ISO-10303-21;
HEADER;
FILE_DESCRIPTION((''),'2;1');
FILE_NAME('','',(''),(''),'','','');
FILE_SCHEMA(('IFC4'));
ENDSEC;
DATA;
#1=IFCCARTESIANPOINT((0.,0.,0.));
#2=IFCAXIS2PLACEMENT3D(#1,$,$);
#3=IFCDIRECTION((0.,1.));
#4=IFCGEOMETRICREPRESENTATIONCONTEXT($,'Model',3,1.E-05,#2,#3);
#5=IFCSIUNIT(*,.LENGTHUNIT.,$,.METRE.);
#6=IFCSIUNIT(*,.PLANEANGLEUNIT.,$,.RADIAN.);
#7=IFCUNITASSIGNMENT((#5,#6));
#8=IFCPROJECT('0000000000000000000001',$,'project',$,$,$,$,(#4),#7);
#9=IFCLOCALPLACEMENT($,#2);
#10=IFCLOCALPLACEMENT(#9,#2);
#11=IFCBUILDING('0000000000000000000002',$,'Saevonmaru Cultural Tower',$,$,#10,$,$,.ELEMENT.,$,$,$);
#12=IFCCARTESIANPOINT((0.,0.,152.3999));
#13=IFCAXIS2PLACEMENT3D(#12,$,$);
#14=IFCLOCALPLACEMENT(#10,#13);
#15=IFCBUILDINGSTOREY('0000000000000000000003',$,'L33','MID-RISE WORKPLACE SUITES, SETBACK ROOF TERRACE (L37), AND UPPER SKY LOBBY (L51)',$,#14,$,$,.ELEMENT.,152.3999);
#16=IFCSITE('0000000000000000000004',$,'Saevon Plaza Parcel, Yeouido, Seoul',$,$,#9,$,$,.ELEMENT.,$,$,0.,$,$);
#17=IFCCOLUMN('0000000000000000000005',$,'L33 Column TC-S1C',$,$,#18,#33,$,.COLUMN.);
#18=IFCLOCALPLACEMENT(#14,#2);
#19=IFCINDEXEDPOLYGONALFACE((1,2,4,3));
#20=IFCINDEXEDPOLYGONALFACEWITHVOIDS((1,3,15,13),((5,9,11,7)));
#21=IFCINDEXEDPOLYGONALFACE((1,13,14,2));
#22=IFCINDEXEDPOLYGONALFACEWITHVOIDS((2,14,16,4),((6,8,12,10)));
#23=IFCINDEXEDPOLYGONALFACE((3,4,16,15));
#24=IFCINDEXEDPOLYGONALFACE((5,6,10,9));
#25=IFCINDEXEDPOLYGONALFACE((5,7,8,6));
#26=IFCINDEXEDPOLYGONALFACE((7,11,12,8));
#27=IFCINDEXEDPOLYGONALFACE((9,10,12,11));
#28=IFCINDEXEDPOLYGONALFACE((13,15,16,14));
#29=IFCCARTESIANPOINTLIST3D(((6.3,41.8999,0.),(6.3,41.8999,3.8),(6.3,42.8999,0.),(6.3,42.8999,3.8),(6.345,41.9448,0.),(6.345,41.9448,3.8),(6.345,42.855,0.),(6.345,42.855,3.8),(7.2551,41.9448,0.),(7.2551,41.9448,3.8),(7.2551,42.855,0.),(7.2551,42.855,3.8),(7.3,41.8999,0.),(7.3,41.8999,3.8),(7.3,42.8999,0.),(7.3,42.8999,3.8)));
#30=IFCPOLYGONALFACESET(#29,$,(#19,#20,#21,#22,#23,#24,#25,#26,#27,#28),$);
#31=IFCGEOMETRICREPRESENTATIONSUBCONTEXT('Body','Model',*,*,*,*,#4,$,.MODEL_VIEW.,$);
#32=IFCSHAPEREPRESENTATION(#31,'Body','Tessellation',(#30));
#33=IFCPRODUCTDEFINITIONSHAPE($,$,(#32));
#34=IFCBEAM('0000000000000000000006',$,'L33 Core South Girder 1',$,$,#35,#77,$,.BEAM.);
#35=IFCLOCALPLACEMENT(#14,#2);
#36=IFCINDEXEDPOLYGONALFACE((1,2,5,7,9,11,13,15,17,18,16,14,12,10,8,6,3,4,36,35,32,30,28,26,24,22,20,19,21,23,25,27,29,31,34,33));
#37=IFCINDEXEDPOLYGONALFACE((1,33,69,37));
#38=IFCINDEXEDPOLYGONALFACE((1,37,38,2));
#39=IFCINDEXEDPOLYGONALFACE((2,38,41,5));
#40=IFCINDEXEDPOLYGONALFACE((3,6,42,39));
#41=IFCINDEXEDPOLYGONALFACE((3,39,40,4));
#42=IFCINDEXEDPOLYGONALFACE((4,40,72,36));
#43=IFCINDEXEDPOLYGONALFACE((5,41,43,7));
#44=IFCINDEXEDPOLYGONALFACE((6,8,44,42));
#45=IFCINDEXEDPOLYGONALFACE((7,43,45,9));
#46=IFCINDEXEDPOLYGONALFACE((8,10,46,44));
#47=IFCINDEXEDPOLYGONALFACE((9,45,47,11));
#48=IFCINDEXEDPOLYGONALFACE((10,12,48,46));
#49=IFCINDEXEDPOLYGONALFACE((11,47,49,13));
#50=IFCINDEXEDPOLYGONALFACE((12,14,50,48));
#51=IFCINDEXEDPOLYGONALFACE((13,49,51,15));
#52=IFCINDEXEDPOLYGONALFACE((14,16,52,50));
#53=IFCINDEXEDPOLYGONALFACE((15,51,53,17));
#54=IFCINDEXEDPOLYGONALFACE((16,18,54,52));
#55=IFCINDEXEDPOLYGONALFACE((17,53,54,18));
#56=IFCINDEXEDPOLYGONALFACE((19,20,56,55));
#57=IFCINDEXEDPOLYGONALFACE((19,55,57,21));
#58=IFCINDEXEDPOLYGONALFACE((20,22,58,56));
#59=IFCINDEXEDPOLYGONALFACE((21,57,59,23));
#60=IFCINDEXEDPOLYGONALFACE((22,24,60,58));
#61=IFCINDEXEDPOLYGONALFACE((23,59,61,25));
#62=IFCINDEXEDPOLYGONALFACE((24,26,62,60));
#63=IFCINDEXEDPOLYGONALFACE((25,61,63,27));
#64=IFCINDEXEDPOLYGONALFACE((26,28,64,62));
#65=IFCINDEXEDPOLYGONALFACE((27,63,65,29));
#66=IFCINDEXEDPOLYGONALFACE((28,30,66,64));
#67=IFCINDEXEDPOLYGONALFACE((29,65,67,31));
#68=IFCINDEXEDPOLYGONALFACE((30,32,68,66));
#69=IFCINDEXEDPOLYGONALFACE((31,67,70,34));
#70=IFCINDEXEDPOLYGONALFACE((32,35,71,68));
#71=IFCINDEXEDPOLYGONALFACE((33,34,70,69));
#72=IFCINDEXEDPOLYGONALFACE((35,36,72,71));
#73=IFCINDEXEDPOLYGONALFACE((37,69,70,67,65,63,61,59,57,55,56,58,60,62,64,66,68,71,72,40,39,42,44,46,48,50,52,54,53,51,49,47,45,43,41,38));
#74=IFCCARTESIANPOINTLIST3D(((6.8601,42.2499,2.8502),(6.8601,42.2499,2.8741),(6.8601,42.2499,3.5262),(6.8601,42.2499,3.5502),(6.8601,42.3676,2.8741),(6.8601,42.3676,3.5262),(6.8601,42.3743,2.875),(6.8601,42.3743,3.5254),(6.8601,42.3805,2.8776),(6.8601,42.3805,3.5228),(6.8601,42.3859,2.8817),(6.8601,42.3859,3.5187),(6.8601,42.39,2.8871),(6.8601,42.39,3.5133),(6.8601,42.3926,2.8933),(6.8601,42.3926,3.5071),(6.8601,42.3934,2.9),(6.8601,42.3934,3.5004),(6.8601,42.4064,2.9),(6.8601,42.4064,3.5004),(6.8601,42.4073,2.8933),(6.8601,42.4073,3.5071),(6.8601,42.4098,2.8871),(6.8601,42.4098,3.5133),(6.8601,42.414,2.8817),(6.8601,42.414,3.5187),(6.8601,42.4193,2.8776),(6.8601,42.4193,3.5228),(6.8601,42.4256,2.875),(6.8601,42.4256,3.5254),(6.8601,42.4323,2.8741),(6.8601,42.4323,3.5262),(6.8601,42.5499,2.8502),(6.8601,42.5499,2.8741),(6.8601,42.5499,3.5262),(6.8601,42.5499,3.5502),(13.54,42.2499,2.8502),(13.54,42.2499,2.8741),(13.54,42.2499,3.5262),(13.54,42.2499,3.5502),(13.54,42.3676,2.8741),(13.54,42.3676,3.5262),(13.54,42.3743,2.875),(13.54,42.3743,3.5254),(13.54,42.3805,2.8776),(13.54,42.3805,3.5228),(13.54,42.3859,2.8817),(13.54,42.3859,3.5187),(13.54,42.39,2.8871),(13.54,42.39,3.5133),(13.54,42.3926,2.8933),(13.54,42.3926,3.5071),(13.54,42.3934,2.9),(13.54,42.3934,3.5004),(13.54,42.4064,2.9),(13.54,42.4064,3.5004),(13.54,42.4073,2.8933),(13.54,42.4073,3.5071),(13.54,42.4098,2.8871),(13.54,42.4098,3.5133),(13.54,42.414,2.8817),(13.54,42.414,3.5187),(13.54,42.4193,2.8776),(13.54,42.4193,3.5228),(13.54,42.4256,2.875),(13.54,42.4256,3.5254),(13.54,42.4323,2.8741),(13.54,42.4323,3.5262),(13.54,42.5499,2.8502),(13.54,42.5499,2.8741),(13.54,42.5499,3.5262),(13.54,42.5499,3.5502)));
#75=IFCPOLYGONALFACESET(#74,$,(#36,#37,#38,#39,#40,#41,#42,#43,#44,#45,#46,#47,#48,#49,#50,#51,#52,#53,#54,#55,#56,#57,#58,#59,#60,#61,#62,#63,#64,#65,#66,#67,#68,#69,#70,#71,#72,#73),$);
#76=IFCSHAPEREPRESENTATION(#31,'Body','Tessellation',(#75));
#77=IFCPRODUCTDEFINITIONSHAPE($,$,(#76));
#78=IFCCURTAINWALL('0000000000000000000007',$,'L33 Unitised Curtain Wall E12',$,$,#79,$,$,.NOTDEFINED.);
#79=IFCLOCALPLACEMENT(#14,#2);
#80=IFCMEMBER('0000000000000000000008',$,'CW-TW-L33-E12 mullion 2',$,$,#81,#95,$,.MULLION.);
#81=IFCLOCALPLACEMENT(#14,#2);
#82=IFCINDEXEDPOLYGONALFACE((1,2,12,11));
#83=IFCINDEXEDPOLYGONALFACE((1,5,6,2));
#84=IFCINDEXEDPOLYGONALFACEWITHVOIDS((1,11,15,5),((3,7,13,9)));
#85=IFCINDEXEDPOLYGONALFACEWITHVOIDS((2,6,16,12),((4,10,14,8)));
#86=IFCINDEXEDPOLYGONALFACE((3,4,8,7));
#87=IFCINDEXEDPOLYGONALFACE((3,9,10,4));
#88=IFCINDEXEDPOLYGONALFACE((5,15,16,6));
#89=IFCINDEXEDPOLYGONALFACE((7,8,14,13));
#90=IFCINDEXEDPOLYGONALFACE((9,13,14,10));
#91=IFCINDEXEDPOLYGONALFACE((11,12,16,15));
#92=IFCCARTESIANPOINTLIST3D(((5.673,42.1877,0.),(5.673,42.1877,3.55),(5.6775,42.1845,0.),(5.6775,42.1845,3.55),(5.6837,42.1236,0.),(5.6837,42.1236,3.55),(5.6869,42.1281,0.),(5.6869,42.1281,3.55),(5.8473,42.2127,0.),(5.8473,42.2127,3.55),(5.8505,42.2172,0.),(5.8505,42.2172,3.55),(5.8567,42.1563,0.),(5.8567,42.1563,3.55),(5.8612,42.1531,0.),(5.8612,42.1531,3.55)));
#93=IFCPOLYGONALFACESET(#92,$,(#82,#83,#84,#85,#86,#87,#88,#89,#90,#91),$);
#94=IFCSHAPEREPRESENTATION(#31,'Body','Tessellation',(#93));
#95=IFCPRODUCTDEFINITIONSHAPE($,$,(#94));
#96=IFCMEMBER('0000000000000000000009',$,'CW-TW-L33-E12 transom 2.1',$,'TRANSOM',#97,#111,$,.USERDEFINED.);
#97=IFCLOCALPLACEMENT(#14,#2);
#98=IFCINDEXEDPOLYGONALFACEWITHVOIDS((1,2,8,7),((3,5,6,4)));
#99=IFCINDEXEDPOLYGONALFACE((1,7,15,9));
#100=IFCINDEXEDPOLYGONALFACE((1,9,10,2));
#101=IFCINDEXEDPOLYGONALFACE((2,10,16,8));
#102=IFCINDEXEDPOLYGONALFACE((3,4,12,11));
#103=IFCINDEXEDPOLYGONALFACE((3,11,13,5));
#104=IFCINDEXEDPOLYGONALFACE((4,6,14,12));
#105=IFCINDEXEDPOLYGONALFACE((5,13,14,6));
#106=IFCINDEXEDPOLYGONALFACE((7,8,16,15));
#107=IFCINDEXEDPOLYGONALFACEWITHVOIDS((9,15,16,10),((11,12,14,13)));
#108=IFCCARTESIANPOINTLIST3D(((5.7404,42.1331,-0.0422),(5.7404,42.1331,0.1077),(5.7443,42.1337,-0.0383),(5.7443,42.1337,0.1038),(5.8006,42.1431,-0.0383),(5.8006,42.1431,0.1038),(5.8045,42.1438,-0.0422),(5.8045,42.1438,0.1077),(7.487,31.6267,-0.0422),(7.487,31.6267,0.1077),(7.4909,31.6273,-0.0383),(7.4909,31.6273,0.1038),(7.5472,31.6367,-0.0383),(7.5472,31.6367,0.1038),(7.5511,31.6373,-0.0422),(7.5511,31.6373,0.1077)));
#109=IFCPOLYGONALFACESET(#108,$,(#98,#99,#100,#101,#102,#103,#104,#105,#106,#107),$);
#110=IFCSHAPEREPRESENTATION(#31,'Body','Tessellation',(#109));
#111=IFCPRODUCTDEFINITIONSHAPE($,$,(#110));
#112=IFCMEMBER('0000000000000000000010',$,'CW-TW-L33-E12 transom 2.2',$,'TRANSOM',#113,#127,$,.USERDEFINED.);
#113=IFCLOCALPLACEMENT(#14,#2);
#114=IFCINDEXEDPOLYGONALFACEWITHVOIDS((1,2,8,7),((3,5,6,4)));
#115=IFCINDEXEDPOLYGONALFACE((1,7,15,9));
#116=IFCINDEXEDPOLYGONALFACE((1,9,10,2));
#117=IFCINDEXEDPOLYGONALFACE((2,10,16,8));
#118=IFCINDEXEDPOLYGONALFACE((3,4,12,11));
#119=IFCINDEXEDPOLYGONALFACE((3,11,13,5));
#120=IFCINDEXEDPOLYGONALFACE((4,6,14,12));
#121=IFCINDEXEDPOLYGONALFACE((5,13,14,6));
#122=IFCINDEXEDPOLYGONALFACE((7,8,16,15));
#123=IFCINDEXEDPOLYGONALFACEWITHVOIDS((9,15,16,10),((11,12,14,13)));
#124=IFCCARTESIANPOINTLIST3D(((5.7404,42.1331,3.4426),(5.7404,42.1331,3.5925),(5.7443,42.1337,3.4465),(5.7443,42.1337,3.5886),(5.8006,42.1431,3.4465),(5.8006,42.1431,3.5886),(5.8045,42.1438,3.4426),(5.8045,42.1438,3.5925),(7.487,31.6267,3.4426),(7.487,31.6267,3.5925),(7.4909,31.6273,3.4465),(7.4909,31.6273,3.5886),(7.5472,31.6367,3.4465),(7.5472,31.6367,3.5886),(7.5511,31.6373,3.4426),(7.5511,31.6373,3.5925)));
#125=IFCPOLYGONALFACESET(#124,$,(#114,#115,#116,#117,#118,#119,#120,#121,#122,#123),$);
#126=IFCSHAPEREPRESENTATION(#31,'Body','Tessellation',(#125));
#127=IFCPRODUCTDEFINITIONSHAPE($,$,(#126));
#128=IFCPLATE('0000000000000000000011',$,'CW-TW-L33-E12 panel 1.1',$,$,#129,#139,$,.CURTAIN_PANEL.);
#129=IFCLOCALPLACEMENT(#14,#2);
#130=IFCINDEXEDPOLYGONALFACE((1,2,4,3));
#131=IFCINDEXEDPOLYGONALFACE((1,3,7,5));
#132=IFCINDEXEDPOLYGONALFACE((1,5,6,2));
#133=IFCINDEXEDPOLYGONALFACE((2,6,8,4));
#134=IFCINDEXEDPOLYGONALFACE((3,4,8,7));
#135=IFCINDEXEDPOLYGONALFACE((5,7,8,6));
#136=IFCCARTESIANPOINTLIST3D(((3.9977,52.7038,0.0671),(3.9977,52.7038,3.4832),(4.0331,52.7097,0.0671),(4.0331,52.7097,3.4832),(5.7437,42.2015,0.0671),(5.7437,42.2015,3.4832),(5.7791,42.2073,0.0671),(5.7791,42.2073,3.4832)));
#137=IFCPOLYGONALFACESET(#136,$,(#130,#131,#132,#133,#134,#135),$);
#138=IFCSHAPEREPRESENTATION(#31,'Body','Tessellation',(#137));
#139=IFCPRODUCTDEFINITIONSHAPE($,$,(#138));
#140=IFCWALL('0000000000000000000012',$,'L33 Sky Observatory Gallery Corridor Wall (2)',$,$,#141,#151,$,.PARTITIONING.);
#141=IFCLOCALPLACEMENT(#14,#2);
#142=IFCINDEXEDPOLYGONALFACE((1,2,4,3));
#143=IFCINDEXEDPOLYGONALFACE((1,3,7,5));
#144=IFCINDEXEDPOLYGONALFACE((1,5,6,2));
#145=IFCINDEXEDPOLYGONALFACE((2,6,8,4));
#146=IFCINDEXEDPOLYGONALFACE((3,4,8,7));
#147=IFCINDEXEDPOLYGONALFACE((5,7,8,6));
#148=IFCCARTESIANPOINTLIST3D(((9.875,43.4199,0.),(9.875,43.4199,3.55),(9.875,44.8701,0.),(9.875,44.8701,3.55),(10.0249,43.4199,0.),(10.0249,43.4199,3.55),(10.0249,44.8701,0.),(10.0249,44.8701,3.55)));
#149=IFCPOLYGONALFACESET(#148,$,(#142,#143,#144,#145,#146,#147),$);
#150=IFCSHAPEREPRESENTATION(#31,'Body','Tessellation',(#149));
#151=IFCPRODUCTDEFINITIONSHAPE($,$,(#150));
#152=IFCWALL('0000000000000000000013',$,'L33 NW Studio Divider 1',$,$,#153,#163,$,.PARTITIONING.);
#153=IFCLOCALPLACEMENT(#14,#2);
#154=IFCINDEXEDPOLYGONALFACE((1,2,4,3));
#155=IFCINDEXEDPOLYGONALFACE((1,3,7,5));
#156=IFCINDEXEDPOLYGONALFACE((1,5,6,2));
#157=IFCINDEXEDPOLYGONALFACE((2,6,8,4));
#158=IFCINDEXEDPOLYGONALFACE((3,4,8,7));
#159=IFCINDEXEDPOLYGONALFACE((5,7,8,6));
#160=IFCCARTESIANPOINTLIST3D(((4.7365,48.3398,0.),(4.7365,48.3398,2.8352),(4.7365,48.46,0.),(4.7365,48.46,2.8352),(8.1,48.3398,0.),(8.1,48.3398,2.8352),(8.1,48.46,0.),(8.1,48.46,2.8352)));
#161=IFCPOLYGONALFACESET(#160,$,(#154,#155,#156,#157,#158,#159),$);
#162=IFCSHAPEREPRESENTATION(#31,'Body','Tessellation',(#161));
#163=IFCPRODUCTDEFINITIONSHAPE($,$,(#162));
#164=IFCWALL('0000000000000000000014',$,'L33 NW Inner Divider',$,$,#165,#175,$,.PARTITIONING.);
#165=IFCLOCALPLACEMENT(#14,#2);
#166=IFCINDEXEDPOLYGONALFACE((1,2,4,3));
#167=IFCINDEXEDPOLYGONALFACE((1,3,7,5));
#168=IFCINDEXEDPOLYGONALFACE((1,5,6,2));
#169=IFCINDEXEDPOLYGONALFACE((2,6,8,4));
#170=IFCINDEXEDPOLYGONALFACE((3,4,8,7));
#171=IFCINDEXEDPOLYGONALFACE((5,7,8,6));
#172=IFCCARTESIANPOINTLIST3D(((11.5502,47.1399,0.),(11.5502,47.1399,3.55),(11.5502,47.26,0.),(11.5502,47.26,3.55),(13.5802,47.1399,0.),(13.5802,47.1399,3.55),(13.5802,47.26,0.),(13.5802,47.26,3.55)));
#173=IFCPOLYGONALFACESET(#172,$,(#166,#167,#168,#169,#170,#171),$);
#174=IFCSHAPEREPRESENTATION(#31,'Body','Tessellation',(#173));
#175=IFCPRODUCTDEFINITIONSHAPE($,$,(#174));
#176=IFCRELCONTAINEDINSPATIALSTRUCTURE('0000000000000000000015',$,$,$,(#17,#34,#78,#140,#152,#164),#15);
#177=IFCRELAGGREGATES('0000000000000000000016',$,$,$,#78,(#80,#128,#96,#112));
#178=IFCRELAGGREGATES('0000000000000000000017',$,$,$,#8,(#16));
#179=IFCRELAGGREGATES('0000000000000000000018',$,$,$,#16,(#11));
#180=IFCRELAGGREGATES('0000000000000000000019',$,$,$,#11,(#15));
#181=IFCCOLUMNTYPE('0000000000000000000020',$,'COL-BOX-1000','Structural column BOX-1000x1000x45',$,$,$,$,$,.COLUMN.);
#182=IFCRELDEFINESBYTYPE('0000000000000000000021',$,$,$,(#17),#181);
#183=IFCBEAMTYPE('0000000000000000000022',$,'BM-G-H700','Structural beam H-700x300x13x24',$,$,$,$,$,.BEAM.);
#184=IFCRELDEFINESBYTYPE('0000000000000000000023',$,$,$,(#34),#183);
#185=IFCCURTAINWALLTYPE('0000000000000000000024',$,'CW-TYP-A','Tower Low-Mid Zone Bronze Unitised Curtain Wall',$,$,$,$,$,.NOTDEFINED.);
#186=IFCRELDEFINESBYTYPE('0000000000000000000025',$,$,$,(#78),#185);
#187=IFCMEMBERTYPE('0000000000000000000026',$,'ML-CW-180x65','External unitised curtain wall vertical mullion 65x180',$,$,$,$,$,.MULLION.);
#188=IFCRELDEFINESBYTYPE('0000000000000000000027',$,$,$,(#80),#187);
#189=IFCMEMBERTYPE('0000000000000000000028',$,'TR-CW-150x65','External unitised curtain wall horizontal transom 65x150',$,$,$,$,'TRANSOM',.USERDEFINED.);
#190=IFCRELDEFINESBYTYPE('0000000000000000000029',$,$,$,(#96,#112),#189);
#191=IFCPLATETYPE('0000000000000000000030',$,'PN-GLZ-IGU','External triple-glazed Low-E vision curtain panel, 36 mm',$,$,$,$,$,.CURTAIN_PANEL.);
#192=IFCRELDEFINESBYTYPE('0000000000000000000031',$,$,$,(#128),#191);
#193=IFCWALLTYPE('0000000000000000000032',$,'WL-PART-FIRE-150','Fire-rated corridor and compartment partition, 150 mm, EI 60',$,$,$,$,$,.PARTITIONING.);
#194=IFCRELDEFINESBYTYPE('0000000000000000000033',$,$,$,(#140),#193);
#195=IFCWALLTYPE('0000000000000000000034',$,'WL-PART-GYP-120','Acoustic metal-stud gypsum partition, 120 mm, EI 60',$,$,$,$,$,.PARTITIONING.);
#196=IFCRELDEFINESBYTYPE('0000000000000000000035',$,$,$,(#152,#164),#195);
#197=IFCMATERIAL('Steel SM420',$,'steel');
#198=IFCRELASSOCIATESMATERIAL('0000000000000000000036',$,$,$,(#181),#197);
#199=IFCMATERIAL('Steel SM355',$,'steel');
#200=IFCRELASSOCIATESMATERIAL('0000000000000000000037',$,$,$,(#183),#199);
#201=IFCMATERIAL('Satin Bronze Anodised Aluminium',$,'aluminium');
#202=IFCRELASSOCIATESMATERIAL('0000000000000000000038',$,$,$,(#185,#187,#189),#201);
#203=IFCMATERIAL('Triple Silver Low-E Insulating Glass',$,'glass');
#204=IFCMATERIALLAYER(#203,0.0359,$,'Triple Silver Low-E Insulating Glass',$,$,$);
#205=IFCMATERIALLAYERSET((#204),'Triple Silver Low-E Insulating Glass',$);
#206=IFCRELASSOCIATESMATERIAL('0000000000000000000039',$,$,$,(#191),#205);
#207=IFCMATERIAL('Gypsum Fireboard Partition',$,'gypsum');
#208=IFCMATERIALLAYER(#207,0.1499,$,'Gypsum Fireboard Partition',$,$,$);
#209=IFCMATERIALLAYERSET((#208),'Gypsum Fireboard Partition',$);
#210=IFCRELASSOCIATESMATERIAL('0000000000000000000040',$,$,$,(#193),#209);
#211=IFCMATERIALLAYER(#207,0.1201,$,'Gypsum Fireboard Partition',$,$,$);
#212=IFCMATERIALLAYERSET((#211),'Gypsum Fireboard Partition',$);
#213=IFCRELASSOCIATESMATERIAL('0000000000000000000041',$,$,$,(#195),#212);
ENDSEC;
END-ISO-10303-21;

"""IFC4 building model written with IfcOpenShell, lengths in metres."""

from ifc_helpers import new_model, si_unit, direction, frame, frame_2d, origin, origin_2d, place, context, subcontext, project, spatial, rectangle, hollow_rectangle, i_section, extrude, material, layer, layer_set, material_profile, profile_set, type_object, element, aggregate, save


model = new_model("IFC4")

# Units and contexts
model_context = context("Model", 3, precision=1e-05, world=origin(), true_north=direction((0.0, 1.0)))
body_context = subcontext(model_context, "Body", "Model", "MODEL_VIEW")
ifc_project = project(units=[si_unit("LENGTHUNIT", "METRE"), si_unit("PLANEANGLEUNIT", "RADIAN")], contexts=[model_context])

# Site, building, storey
site_placement = place(None, origin())
site = spatial("IfcSite", under=ifc_project, at=site_placement, Name="Saevon Plaza Parcel, Yeouido, Seoul", CompositionType="ELEMENT", RefElevation=0.0)
building_placement = place(site_placement, origin())
building = spatial("IfcBuilding", under=site, at=building_placement, Name="Saevonmaru Cultural Tower", CompositionType="ELEMENT")
storey_placement = place(building_placement, frame((0.0, 0.0, 152.3999)))
storey = spatial("IfcBuildingStorey", under=building, at=storey_placement, Name="L33", Description="MID-RISE WORKPLACE SUITES, SETBACK ROOF TERRACE (L37), AND UPPER SKY LOBBY (L51)", CompositionType="ELEMENT", Elevation=152.3999)

# Column
ifc_material_1 = material(Name="Steel SM420", Category="steel")
ifc_material_profile_1 = material_profile(ifc_material_1, hollow_rectangle(XDim=1.0, YDim=1.0, WallThickness=0.0449, at=origin_2d()), Name="BOX-1000x1000x45")
ifc_profile_set_1 = profile_set([ifc_material_profile_1], Name="Steel SM420")
column_type = type_object("IfcColumnType", Name="COL-BOX-1000", Description="Structural column BOX-1000x1000x45", PredefinedType="COLUMN", material=ifc_profile_set_1)
column_placement = place(storey_placement, frame((6.8, 42.3999, 0.0), z_axis=(0.0, 0.0, 1.0), x_axis=(1.0, 0.0, 0.0)))
element("IfcColumn", 1, at=column_placement, inside=storey, type_object=column_type, Name="L33 Column TC-S1C", PredefinedType="COLUMN", context=body_context, shape_type="SweptSolid", body=[
    extrude(hollow_rectangle(XDim=1.0, YDim=1.0, WallThickness=0.0449, at=origin_2d()), origin(), (0.0, 0.0, 1.0), 3.8),
])

# Beam
ifc_material_2 = material(Name="Steel SM355", Category="steel")
ifc_material_profile_2 = material_profile(ifc_material_2, i_section(OverallWidth=0.3, OverallDepth=0.7, WebThickness=0.0129, FlangeThickness=0.0239, FilletRadius=0.0259, at=origin_2d()), Name="H-700x300x13x24")
ifc_profile_set_2 = profile_set([ifc_material_profile_2], Name="Steel SM355")
beam_type = type_object("IfcBeamType", Name="BM-G-H700", Description="Structural beam H-700x300x13x24", PredefinedType="BEAM", material=ifc_profile_set_2)
beam_placement = place(storey_placement, frame((6.8601, 42.3999, 3.2002), z_axis=(1.0, 0.0, 0.0), x_axis=(0.0, 1.0, 0.0)))
element("IfcBeam", 2, at=beam_placement, inside=storey, type_object=beam_type, Name="L33 Core South Girder 1", PredefinedType="BEAM", context=body_context, shape_type="SweptSolid", body=[
    extrude(i_section(OverallWidth=0.3, OverallDepth=0.7, WebThickness=0.0129, FlangeThickness=0.0239, FilletRadius=0.0259, at=origin_2d()), origin(), (0.0, 0.0, 1.0), 6.6799),
])

# Curtain wall, members, plate
ifc_material_3 = material(Name="Satin Bronze Anodised Aluminium", Category="aluminium")
curtain_wall_type = type_object("IfcCurtainWallType", Name="CW-TYP-A", Description="Tower Low-Mid Zone Bronze Unitised Curtain Wall", PredefinedType="NOTDEFINED", material=ifc_material_3)
curtain_wall_placement = place(storey_placement, origin())
curtain_wall = element("IfcCurtainWall", 3, at=curtain_wall_placement, inside=storey, type_object=curtain_wall_type, Name="L33 Unitised Curtain Wall E12", PredefinedType="NOTDEFINED")
ifc_material_profile_3 = material_profile(ifc_material_3, hollow_rectangle(XDim=0.0649, YDim=0.1799, WallThickness=0.0039, at=origin_2d()), Name="ALU-MULL-180x65x4")
ifc_profile_set_3 = profile_set([ifc_material_profile_3], Name="Satin Bronze Anodised Aluminium")
member_type_1 = type_object("IfcMemberType", Name="ML-CW-180x65", Description="External unitised curtain wall vertical mullion 65x180", PredefinedType="MULLION", material=ifc_profile_set_3)
member_1_placement = place(storey_placement, frame((5.7671, 42.1704, 0.0), z_axis=(0.0, 0.0, 1.0), x_axis=(0.163999, -0.986461, 0.0)))
member_1 = element("IfcMember", 4, at=member_1_placement, type_object=member_type_1, Name="CW-TW-L33-E12 mullion 2", PredefinedType="MULLION", context=body_context, shape_type="SweptSolid", body=[
    extrude(hollow_rectangle(XDim=0.0649, YDim=0.1799, WallThickness=0.0039, at=origin_2d()), origin(), (0.0, 0.0, 1.0), 3.55),
])
ifc_material_profile_4 = material_profile(ifc_material_3, hollow_rectangle(XDim=0.0649, YDim=0.1499, WallThickness=0.0039, at=origin_2d()), Name="ALU-TRAN-150x65x4")
ifc_profile_set_4 = profile_set([ifc_material_profile_4], Name="Satin Bronze Anodised Aluminium")
member_type_2 = type_object("IfcMemberType", Name="TR-CW-150x65", Description="External unitised curtain wall horizontal transom 65x150", ElementType="TRANSOM", PredefinedType="USERDEFINED", material=ifc_profile_set_4)
member_2_placement = place(storey_placement, frame((5.7725, 42.1384, 0.0327), z_axis=(0.16399, -0.986462, 0.0), x_axis=(0.986462, 0.16399, 0.0)))
member_2 = element("IfcMember", 5, at=member_2_placement, type_object=member_type_2, Name="CW-TW-L33-E12 transom 2.1", ObjectType="TRANSOM", PredefinedType="USERDEFINED", context=body_context, shape_type="SweptSolid", body=[
    extrude(hollow_rectangle(XDim=0.0649, YDim=0.1499, WallThickness=0.0039, at=origin_2d()), origin(), (0.0, 0.0, 1.0), 10.6506),
])
member_3_placement = place(storey_placement, frame((5.7725, 42.1384, 3.5176), z_axis=(0.16399, -0.986462, 0.0), x_axis=(0.986462, 0.16399, 0.0)))
member_3 = element("IfcMember", 6, at=member_3_placement, type_object=member_type_2, Name="CW-TW-L33-E12 transom 2.2", ObjectType="TRANSOM", PredefinedType="USERDEFINED", context=body_context, shape_type="SweptSolid", body=[
    extrude(hollow_rectangle(XDim=0.0649, YDim=0.1499, WallThickness=0.0039, at=origin_2d()), origin(), (0.0, 0.0, 1.0), 10.6506),
])
ifc_material_4 = material(Name="Triple Silver Low-E Insulating Glass", Category="glass")
ifc_layer_1 = layer(ifc_material_4, 0.0359, Name="Triple Silver Low-E Insulating Glass")
ifc_layer_set_1 = layer_set([ifc_layer_1], Name="Triple Silver Low-E Insulating Glass")
plate_type = type_object("IfcPlateType", Name="PN-GLZ-IGU", Description="External triple-glazed Low-E vision curtain panel, 36 mm", PredefinedType="CURTAIN_PANEL", material=ifc_layer_set_1)
plate_placement = place(storey_placement, frame((4.8884, 47.4556, 0.0671), z_axis=(0.0, 0.0, 1.0), x_axis=(0.163999, -0.986461, 0.0)))
plate = element("IfcPlate", 7, at=plate_placement, type_object=plate_type, Name="CW-TW-L33-E12 panel 1.1", PredefinedType="CURTAIN_PANEL", context=body_context, shape_type="SweptSolid", body=[
    extrude(rectangle(XDim=10.6465, YDim=0.0359, at=origin_2d()), origin(), (0.0, 0.0, 1.0), 3.416),
])
aggregate(curtain_wall, [member_1, plate, member_2, member_3])

# Shared definitions
ifc_material_5 = material(Name="Gypsum Fireboard Partition", Category="gypsum")
ifc_layer_2 = layer(ifc_material_5, 0.1499, Name="Gypsum Fireboard Partition")
ifc_layer_set_2 = layer_set([ifc_layer_2], Name="Gypsum Fireboard Partition")
wall_type_1 = type_object("IfcWallType", Name="WL-PART-FIRE-150", Description="Fire-rated corridor and compartment partition, 150 mm, EI 60", PredefinedType="PARTITIONING", material=ifc_layer_set_2)

# Walls
wall_1_placement = place(storey_placement, frame((9.95, 43.4199, 0.0), z_axis=(0.0, 0.0, 1.0), x_axis=(0.0, 1.0, 0.0)))
element("IfcWall", 8, at=wall_1_placement, inside=storey, type_object=wall_type_1, Name="L33 Sky Observatory Gallery Corridor Wall (2)", PredefinedType="PARTITIONING", context=body_context, shape_type="SweptSolid", body=[
    extrude(rectangle(XDim=1.4502, YDim=0.1499, at=frame_2d((0.7251, 0.0))), origin(), (0.0, 0.0, 1.0), 3.55),
])
ifc_layer_3 = layer(ifc_material_5, 0.1201, Name="Gypsum Fireboard Partition")
ifc_layer_set_3 = layer_set([ifc_layer_3], Name="Gypsum Fireboard Partition")
wall_type_2 = type_object("IfcWallType", Name="WL-PART-GYP-120", Description="Acoustic metal-stud gypsum partition, 120 mm, EI 60", PredefinedType="PARTITIONING", material=ifc_layer_set_3)
wall_2_placement = place(storey_placement, frame((4.7366, 48.3999, 0.0), z_axis=(0.0, 0.0, 1.0), x_axis=(1.0, 0.0, 0.0)))
element("IfcWall", 9, at=wall_2_placement, inside=storey, type_object=wall_type_2, Name="L33 NW Studio Divider 1", PredefinedType="PARTITIONING", context=body_context, shape_type="SweptSolid", body=[
    extrude(rectangle(XDim=3.3635, YDim=0.1201, at=frame_2d((1.6816, 0.0))), origin(), (0.0, 0.0, 1.0), 2.8352),
])
wall_3_placement = place(storey_placement, frame((11.55, 47.2, 0.0), z_axis=(0.0, 0.0, 1.0), x_axis=(1.0, 0.0, 0.0)))
element("IfcWall", 10, at=wall_3_placement, inside=storey, type_object=wall_type_2, Name="L33 NW Inner Divider", PredefinedType="PARTITIONING", context=body_context, shape_type="SweptSolid", body=[
    extrude(rectangle(XDim=2.03, YDim=0.1201, at=frame_2d((1.0151, 0.0))), origin(), (0.0, 0.0, 1.0), 3.55),
])

save(model, "model.ifc")
